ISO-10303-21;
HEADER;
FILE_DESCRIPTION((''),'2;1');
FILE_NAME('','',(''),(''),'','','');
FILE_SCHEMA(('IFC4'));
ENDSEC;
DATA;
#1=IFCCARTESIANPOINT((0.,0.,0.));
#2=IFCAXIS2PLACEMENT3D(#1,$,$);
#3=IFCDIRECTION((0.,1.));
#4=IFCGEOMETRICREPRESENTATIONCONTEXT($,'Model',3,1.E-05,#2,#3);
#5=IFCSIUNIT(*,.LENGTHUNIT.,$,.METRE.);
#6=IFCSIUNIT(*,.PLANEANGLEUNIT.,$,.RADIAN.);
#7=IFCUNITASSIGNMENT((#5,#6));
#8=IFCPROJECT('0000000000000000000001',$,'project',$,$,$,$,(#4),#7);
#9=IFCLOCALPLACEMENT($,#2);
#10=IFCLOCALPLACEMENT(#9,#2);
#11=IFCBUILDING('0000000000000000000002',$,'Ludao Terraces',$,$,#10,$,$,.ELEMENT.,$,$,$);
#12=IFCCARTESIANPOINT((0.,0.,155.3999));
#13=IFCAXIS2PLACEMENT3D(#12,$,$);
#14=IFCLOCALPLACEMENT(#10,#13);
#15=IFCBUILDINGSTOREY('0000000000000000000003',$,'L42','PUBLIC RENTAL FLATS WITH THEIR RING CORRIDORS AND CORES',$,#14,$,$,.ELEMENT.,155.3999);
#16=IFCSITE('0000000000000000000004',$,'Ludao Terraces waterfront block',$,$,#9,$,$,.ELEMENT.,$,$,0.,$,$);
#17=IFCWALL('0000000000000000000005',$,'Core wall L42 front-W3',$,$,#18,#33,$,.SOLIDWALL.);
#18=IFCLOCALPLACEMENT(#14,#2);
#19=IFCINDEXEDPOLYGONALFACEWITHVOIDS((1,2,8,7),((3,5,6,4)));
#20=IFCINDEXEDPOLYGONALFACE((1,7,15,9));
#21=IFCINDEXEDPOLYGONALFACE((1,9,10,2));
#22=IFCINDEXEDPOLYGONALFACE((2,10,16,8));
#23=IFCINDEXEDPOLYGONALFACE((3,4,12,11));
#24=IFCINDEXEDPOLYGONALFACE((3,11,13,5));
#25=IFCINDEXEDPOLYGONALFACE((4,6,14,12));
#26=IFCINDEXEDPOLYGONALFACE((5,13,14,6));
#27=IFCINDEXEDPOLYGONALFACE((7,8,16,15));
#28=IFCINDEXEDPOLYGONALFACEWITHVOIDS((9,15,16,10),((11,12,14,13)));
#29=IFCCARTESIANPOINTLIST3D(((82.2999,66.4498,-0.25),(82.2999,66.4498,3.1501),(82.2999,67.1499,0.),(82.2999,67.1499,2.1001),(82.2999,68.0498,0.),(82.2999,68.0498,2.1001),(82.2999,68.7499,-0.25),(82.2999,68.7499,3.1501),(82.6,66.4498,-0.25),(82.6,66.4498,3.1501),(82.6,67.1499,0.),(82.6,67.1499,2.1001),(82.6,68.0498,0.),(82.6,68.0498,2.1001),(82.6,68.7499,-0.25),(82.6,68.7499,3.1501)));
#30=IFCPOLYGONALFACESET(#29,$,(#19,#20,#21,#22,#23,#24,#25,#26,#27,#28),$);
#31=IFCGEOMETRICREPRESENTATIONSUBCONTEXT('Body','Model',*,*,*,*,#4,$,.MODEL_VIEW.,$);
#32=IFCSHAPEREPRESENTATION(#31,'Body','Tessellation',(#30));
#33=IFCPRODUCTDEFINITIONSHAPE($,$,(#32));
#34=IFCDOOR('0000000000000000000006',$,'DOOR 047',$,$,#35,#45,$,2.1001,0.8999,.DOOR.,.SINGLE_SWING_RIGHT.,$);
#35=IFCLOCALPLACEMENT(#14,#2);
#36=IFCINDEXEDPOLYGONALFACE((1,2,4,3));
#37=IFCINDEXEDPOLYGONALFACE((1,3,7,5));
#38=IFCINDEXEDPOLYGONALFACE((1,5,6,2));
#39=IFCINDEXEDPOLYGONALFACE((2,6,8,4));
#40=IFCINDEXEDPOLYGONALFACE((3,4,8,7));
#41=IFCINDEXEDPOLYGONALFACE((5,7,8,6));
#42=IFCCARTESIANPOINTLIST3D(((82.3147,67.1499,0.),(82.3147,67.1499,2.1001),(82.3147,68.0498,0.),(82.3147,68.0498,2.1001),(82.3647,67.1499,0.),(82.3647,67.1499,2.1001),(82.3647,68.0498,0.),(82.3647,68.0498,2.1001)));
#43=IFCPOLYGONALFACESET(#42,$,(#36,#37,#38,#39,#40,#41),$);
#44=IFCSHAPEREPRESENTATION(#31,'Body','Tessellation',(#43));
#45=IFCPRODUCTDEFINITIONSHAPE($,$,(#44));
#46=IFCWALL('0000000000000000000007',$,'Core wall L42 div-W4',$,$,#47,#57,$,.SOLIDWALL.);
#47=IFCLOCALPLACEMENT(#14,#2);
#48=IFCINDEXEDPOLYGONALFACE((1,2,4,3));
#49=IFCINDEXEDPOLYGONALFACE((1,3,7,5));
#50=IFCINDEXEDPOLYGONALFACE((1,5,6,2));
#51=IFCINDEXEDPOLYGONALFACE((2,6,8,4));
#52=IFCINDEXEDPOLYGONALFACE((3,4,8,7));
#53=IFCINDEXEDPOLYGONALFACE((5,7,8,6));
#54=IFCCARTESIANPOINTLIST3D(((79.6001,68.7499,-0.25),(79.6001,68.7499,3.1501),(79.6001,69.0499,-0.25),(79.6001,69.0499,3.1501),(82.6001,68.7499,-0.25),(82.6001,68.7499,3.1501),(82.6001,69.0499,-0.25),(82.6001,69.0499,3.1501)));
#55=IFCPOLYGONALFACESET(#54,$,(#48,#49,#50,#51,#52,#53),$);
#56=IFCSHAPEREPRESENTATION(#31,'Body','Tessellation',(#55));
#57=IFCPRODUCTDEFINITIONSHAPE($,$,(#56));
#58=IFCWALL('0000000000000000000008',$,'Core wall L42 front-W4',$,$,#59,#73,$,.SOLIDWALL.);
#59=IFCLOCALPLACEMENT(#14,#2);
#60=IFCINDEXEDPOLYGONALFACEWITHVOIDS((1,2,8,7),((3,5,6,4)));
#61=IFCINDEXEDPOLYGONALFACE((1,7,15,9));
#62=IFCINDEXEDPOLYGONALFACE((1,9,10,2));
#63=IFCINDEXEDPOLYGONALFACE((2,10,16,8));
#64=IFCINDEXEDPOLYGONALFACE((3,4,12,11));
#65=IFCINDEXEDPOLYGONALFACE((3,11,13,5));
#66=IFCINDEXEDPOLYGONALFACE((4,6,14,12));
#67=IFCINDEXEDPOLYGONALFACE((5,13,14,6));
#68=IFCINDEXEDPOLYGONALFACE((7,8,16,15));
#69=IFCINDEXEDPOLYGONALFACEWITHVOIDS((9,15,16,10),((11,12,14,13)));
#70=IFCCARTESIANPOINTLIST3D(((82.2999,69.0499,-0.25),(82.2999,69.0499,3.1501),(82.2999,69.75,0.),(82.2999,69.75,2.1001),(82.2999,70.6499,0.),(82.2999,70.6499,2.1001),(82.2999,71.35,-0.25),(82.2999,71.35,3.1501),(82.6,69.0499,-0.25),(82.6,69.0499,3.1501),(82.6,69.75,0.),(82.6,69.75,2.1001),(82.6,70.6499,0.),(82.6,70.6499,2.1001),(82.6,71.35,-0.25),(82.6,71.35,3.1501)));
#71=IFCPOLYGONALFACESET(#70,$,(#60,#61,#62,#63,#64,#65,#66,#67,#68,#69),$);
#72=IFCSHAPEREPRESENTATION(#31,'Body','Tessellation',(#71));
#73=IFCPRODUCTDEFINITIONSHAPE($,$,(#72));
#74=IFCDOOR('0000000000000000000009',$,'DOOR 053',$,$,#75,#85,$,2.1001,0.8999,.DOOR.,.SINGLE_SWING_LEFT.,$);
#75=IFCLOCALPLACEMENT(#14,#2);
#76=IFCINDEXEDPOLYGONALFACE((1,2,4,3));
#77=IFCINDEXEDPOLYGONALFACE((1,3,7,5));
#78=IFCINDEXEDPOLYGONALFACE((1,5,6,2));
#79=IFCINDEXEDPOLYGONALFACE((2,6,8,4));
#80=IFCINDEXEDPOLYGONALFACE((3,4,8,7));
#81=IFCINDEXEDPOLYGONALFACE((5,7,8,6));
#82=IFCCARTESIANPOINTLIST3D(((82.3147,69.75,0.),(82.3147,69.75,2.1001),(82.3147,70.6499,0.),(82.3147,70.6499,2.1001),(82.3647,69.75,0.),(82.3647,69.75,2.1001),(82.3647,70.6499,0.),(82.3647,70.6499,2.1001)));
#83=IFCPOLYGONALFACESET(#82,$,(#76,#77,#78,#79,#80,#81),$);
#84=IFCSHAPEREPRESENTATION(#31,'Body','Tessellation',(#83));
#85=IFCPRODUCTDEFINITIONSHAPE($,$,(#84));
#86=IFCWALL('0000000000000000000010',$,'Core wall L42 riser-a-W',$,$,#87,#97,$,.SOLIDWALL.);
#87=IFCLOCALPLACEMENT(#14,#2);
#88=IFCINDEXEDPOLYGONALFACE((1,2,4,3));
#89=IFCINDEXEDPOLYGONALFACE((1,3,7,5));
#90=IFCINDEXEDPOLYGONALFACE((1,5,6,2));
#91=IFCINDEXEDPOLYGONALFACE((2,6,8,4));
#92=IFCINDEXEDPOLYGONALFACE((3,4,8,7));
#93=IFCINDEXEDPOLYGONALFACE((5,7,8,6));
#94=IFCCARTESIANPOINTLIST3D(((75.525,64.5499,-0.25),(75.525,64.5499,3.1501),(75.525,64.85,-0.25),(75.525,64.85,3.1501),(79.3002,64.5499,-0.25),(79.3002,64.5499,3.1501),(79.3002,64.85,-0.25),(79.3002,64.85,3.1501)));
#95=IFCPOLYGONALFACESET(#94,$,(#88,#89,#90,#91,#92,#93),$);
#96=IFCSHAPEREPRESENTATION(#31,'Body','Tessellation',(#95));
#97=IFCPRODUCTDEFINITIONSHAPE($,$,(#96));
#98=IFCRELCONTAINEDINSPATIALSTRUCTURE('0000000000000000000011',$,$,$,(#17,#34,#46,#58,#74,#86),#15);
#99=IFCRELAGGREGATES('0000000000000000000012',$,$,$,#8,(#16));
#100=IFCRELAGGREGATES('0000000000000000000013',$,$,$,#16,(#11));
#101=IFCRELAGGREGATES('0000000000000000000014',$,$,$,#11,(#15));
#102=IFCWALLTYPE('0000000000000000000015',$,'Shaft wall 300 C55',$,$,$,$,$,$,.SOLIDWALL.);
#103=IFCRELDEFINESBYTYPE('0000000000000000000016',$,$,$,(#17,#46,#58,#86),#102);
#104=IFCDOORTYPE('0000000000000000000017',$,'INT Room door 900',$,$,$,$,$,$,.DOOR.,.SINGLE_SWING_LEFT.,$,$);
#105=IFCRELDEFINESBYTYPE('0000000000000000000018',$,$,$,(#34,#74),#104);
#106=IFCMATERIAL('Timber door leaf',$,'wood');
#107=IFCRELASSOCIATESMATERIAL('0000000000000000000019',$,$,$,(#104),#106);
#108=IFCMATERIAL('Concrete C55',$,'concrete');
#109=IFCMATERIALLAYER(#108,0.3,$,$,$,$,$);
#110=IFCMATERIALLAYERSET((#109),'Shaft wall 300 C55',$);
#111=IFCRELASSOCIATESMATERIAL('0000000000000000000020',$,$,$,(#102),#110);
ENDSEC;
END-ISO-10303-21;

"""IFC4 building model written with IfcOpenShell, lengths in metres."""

from ifc_helpers import new_model, si_unit, direction, frame, frame_2d, origin, place, context, subcontext, project, spatial, rectangle, extrude, material, layer, layer_set, type_object, element, fill, save


model = new_model("IFC4")

# Units and contexts
model_context = context("Model", 3, precision=1e-05, world=origin(), true_north=direction((0.0, 1.0)))
body_context = subcontext(model_context, "Body", "Model", "MODEL_VIEW")
ifc_project = project(units=[si_unit("LENGTHUNIT", "METRE"), si_unit("PLANEANGLEUNIT", "RADIAN")], contexts=[model_context])

# Site, building, storey
site_placement = place(None, origin())
site = spatial("IfcSite", under=ifc_project, at=site_placement, Name="Ludao Terraces waterfront block", CompositionType="ELEMENT", RefElevation=0.0)
building_placement = place(site_placement, origin())
building = spatial("IfcBuilding", under=site, at=building_placement, Name="Ludao Terraces", CompositionType="ELEMENT")
storey_placement = place(building_placement, frame((0.0, 0.0, 155.3999)))
storey = spatial("IfcBuildingStorey", under=building, at=storey_placement, Name="L42", Description="PUBLIC RENTAL FLATS WITH THEIR RING CORRIDORS AND CORES", CompositionType="ELEMENT", Elevation=155.3999)

# Shared definitions
ifc_material_1 = material(Name="Timber door leaf", Category="wood")
door_type_1 = type_object("IfcDoorType", Name="INT Room door 900", OperationType="SINGLE_SWING_LEFT", PredefinedType="DOOR", material=ifc_material_1)

# Shared definitions
ifc_material_2 = material(Name="Concrete C55", Category="concrete")
ifc_layer_1 = layer(ifc_material_2, 0.3)
ifc_layer_set_1 = layer_set([ifc_layer_1], Name="Shaft wall 300 C55")
wall_type_1 = type_object("IfcWallType", Name="Shaft wall 300 C55", PredefinedType="SOLIDWALL", material=ifc_layer_set_1)

# Wall, opening, door
wall_1_placement = place(storey_placement, frame((82.45, 66.45, -0.25), z_axis=(0.0, 0.0, 1.0), x_axis=(0.0, 1.0, 0.0)))
wall_1 = element("IfcWall", 1, at=wall_1_placement, inside=storey, type_object=wall_type_1, Name="Core wall L42 front-W3", PredefinedType="SOLIDWALL", context=body_context, shape_type="SweptSolid", body=[
    extrude(rectangle(XDim=2.3, YDim=0.3, at=frame_2d((1.1499, 0.0))), origin(), (0.0, 0.0, 1.0), 3.4001),
])
opening_1_placement = place(wall_1_placement, frame((0.7, 0.0, 0.25)))
opening_1 = element("IfcOpeningElement", 2, at=opening_1_placement, cuts=wall_1, PredefinedType="OPENING", context=body_context, shape_type="SweptSolid", body=[
    extrude(rectangle(XDim=0.8999, YDim=2.1001, at=frame_2d((0.45, 1.05))), frame((0.0, 0.1602, 0.0), z_axis=(0.0, -1.0, 0.0), x_axis=(1.0, 0.0, 0.0)), (0.0, 0.0, 1.0), 0.3201),
])
door_1_placement = place(opening_1_placement, origin())
door_1 = element("IfcDoor", 3, at=door_1_placement, inside=storey, type_object=door_type_1, Name="DOOR 047", OperationType="SINGLE_SWING_RIGHT", OverallHeight=2.1001, OverallWidth=0.8999, PredefinedType="DOOR", context=body_context, shape_type="SweptSolid", body=[
    extrude(rectangle(XDim=0.8999, YDim=2.1001, at=frame_2d((0.45, 1.05))), frame((0.0, 0.1353, 0.0), z_axis=(0.0, -1.0, 0.0), x_axis=(1.0, 0.0, 0.0)), (0.0, 0.0, 1.0), 0.05),
])
fill(opening_1, door_1)

# Wall
wall_2_placement = place(storey_placement, frame((79.6001, 68.8999, -0.25), z_axis=(0.0, 0.0, 1.0), x_axis=(1.0, 0.0, 0.0)))
element("IfcWall", 4, at=wall_2_placement, inside=storey, type_object=wall_type_1, Name="Core wall L42 div-W4", PredefinedType="SOLIDWALL", context=body_context, shape_type="SweptSolid", body=[
    extrude(rectangle(XDim=3.0, YDim=0.3, at=frame_2d((1.5, 0.0))), origin(), (0.0, 0.0, 1.0), 3.4001),
])

# Wall, opening, door
wall_3_placement = place(storey_placement, frame((82.45, 69.05, -0.25), z_axis=(0.0, 0.0, 1.0), x_axis=(0.0, 1.0, 0.0)))
wall_3 = element("IfcWall", 5, at=wall_3_placement, inside=storey, type_object=wall_type_1, Name="Core wall L42 front-W4", PredefinedType="SOLIDWALL", context=body_context, shape_type="SweptSolid", body=[
    extrude(rectangle(XDim=2.3, YDim=0.3, at=frame_2d((1.1499, 0.0))), origin(), (0.0, 0.0, 1.0), 3.4001),
])
opening_2_placement = place(wall_3_placement, frame((0.7, 0.0, 0.25)))
opening_2 = element("IfcOpeningElement", 6, at=opening_2_placement, cuts=wall_3, PredefinedType="OPENING", context=body_context, shape_type="SweptSolid", body=[
    extrude(rectangle(XDim=0.8999, YDim=2.1001, at=frame_2d((0.45, 1.05))), frame((0.0, 0.1602, 0.0), z_axis=(0.0, -1.0, 0.0), x_axis=(1.0, 0.0, 0.0)), (0.0, 0.0, 1.0), 0.3201),
])
door_2_placement = place(opening_2_placement, origin())
door_2 = element("IfcDoor", 7, at=door_2_placement, inside=storey, type_object=door_type_1, Name="DOOR 053", OperationType="SINGLE_SWING_LEFT", OverallHeight=2.1001, OverallWidth=0.8999, PredefinedType="DOOR", context=body_context, shape_type="SweptSolid", body=[
    extrude(rectangle(XDim=0.8999, YDim=2.1001, at=frame_2d((0.45, 1.05))), frame((0.0, 0.1353, 0.0), z_axis=(0.0, -1.0, 0.0), x_axis=(1.0, 0.0, 0.0)), (0.0, 0.0, 1.0), 0.05),
])
fill(opening_2, door_2)

# Wall
wall_4_placement = place(storey_placement, frame((75.5249, 64.7, -0.25), z_axis=(0.0, 0.0, 1.0), x_axis=(1.0, 0.0, 0.0)))
element("IfcWall", 8, at=wall_4_placement, inside=storey, type_object=wall_type_1, Name="Core wall L42 riser-a-W", PredefinedType="SOLIDWALL", context=body_context, shape_type="SweptSolid", body=[
    extrude(rectangle(XDim=3.7751, YDim=0.3, at=frame_2d((1.8877, 0.0))), origin(), (0.0, 0.0, 1.0), 3.4001),
])

save(model, "model.ifc")
